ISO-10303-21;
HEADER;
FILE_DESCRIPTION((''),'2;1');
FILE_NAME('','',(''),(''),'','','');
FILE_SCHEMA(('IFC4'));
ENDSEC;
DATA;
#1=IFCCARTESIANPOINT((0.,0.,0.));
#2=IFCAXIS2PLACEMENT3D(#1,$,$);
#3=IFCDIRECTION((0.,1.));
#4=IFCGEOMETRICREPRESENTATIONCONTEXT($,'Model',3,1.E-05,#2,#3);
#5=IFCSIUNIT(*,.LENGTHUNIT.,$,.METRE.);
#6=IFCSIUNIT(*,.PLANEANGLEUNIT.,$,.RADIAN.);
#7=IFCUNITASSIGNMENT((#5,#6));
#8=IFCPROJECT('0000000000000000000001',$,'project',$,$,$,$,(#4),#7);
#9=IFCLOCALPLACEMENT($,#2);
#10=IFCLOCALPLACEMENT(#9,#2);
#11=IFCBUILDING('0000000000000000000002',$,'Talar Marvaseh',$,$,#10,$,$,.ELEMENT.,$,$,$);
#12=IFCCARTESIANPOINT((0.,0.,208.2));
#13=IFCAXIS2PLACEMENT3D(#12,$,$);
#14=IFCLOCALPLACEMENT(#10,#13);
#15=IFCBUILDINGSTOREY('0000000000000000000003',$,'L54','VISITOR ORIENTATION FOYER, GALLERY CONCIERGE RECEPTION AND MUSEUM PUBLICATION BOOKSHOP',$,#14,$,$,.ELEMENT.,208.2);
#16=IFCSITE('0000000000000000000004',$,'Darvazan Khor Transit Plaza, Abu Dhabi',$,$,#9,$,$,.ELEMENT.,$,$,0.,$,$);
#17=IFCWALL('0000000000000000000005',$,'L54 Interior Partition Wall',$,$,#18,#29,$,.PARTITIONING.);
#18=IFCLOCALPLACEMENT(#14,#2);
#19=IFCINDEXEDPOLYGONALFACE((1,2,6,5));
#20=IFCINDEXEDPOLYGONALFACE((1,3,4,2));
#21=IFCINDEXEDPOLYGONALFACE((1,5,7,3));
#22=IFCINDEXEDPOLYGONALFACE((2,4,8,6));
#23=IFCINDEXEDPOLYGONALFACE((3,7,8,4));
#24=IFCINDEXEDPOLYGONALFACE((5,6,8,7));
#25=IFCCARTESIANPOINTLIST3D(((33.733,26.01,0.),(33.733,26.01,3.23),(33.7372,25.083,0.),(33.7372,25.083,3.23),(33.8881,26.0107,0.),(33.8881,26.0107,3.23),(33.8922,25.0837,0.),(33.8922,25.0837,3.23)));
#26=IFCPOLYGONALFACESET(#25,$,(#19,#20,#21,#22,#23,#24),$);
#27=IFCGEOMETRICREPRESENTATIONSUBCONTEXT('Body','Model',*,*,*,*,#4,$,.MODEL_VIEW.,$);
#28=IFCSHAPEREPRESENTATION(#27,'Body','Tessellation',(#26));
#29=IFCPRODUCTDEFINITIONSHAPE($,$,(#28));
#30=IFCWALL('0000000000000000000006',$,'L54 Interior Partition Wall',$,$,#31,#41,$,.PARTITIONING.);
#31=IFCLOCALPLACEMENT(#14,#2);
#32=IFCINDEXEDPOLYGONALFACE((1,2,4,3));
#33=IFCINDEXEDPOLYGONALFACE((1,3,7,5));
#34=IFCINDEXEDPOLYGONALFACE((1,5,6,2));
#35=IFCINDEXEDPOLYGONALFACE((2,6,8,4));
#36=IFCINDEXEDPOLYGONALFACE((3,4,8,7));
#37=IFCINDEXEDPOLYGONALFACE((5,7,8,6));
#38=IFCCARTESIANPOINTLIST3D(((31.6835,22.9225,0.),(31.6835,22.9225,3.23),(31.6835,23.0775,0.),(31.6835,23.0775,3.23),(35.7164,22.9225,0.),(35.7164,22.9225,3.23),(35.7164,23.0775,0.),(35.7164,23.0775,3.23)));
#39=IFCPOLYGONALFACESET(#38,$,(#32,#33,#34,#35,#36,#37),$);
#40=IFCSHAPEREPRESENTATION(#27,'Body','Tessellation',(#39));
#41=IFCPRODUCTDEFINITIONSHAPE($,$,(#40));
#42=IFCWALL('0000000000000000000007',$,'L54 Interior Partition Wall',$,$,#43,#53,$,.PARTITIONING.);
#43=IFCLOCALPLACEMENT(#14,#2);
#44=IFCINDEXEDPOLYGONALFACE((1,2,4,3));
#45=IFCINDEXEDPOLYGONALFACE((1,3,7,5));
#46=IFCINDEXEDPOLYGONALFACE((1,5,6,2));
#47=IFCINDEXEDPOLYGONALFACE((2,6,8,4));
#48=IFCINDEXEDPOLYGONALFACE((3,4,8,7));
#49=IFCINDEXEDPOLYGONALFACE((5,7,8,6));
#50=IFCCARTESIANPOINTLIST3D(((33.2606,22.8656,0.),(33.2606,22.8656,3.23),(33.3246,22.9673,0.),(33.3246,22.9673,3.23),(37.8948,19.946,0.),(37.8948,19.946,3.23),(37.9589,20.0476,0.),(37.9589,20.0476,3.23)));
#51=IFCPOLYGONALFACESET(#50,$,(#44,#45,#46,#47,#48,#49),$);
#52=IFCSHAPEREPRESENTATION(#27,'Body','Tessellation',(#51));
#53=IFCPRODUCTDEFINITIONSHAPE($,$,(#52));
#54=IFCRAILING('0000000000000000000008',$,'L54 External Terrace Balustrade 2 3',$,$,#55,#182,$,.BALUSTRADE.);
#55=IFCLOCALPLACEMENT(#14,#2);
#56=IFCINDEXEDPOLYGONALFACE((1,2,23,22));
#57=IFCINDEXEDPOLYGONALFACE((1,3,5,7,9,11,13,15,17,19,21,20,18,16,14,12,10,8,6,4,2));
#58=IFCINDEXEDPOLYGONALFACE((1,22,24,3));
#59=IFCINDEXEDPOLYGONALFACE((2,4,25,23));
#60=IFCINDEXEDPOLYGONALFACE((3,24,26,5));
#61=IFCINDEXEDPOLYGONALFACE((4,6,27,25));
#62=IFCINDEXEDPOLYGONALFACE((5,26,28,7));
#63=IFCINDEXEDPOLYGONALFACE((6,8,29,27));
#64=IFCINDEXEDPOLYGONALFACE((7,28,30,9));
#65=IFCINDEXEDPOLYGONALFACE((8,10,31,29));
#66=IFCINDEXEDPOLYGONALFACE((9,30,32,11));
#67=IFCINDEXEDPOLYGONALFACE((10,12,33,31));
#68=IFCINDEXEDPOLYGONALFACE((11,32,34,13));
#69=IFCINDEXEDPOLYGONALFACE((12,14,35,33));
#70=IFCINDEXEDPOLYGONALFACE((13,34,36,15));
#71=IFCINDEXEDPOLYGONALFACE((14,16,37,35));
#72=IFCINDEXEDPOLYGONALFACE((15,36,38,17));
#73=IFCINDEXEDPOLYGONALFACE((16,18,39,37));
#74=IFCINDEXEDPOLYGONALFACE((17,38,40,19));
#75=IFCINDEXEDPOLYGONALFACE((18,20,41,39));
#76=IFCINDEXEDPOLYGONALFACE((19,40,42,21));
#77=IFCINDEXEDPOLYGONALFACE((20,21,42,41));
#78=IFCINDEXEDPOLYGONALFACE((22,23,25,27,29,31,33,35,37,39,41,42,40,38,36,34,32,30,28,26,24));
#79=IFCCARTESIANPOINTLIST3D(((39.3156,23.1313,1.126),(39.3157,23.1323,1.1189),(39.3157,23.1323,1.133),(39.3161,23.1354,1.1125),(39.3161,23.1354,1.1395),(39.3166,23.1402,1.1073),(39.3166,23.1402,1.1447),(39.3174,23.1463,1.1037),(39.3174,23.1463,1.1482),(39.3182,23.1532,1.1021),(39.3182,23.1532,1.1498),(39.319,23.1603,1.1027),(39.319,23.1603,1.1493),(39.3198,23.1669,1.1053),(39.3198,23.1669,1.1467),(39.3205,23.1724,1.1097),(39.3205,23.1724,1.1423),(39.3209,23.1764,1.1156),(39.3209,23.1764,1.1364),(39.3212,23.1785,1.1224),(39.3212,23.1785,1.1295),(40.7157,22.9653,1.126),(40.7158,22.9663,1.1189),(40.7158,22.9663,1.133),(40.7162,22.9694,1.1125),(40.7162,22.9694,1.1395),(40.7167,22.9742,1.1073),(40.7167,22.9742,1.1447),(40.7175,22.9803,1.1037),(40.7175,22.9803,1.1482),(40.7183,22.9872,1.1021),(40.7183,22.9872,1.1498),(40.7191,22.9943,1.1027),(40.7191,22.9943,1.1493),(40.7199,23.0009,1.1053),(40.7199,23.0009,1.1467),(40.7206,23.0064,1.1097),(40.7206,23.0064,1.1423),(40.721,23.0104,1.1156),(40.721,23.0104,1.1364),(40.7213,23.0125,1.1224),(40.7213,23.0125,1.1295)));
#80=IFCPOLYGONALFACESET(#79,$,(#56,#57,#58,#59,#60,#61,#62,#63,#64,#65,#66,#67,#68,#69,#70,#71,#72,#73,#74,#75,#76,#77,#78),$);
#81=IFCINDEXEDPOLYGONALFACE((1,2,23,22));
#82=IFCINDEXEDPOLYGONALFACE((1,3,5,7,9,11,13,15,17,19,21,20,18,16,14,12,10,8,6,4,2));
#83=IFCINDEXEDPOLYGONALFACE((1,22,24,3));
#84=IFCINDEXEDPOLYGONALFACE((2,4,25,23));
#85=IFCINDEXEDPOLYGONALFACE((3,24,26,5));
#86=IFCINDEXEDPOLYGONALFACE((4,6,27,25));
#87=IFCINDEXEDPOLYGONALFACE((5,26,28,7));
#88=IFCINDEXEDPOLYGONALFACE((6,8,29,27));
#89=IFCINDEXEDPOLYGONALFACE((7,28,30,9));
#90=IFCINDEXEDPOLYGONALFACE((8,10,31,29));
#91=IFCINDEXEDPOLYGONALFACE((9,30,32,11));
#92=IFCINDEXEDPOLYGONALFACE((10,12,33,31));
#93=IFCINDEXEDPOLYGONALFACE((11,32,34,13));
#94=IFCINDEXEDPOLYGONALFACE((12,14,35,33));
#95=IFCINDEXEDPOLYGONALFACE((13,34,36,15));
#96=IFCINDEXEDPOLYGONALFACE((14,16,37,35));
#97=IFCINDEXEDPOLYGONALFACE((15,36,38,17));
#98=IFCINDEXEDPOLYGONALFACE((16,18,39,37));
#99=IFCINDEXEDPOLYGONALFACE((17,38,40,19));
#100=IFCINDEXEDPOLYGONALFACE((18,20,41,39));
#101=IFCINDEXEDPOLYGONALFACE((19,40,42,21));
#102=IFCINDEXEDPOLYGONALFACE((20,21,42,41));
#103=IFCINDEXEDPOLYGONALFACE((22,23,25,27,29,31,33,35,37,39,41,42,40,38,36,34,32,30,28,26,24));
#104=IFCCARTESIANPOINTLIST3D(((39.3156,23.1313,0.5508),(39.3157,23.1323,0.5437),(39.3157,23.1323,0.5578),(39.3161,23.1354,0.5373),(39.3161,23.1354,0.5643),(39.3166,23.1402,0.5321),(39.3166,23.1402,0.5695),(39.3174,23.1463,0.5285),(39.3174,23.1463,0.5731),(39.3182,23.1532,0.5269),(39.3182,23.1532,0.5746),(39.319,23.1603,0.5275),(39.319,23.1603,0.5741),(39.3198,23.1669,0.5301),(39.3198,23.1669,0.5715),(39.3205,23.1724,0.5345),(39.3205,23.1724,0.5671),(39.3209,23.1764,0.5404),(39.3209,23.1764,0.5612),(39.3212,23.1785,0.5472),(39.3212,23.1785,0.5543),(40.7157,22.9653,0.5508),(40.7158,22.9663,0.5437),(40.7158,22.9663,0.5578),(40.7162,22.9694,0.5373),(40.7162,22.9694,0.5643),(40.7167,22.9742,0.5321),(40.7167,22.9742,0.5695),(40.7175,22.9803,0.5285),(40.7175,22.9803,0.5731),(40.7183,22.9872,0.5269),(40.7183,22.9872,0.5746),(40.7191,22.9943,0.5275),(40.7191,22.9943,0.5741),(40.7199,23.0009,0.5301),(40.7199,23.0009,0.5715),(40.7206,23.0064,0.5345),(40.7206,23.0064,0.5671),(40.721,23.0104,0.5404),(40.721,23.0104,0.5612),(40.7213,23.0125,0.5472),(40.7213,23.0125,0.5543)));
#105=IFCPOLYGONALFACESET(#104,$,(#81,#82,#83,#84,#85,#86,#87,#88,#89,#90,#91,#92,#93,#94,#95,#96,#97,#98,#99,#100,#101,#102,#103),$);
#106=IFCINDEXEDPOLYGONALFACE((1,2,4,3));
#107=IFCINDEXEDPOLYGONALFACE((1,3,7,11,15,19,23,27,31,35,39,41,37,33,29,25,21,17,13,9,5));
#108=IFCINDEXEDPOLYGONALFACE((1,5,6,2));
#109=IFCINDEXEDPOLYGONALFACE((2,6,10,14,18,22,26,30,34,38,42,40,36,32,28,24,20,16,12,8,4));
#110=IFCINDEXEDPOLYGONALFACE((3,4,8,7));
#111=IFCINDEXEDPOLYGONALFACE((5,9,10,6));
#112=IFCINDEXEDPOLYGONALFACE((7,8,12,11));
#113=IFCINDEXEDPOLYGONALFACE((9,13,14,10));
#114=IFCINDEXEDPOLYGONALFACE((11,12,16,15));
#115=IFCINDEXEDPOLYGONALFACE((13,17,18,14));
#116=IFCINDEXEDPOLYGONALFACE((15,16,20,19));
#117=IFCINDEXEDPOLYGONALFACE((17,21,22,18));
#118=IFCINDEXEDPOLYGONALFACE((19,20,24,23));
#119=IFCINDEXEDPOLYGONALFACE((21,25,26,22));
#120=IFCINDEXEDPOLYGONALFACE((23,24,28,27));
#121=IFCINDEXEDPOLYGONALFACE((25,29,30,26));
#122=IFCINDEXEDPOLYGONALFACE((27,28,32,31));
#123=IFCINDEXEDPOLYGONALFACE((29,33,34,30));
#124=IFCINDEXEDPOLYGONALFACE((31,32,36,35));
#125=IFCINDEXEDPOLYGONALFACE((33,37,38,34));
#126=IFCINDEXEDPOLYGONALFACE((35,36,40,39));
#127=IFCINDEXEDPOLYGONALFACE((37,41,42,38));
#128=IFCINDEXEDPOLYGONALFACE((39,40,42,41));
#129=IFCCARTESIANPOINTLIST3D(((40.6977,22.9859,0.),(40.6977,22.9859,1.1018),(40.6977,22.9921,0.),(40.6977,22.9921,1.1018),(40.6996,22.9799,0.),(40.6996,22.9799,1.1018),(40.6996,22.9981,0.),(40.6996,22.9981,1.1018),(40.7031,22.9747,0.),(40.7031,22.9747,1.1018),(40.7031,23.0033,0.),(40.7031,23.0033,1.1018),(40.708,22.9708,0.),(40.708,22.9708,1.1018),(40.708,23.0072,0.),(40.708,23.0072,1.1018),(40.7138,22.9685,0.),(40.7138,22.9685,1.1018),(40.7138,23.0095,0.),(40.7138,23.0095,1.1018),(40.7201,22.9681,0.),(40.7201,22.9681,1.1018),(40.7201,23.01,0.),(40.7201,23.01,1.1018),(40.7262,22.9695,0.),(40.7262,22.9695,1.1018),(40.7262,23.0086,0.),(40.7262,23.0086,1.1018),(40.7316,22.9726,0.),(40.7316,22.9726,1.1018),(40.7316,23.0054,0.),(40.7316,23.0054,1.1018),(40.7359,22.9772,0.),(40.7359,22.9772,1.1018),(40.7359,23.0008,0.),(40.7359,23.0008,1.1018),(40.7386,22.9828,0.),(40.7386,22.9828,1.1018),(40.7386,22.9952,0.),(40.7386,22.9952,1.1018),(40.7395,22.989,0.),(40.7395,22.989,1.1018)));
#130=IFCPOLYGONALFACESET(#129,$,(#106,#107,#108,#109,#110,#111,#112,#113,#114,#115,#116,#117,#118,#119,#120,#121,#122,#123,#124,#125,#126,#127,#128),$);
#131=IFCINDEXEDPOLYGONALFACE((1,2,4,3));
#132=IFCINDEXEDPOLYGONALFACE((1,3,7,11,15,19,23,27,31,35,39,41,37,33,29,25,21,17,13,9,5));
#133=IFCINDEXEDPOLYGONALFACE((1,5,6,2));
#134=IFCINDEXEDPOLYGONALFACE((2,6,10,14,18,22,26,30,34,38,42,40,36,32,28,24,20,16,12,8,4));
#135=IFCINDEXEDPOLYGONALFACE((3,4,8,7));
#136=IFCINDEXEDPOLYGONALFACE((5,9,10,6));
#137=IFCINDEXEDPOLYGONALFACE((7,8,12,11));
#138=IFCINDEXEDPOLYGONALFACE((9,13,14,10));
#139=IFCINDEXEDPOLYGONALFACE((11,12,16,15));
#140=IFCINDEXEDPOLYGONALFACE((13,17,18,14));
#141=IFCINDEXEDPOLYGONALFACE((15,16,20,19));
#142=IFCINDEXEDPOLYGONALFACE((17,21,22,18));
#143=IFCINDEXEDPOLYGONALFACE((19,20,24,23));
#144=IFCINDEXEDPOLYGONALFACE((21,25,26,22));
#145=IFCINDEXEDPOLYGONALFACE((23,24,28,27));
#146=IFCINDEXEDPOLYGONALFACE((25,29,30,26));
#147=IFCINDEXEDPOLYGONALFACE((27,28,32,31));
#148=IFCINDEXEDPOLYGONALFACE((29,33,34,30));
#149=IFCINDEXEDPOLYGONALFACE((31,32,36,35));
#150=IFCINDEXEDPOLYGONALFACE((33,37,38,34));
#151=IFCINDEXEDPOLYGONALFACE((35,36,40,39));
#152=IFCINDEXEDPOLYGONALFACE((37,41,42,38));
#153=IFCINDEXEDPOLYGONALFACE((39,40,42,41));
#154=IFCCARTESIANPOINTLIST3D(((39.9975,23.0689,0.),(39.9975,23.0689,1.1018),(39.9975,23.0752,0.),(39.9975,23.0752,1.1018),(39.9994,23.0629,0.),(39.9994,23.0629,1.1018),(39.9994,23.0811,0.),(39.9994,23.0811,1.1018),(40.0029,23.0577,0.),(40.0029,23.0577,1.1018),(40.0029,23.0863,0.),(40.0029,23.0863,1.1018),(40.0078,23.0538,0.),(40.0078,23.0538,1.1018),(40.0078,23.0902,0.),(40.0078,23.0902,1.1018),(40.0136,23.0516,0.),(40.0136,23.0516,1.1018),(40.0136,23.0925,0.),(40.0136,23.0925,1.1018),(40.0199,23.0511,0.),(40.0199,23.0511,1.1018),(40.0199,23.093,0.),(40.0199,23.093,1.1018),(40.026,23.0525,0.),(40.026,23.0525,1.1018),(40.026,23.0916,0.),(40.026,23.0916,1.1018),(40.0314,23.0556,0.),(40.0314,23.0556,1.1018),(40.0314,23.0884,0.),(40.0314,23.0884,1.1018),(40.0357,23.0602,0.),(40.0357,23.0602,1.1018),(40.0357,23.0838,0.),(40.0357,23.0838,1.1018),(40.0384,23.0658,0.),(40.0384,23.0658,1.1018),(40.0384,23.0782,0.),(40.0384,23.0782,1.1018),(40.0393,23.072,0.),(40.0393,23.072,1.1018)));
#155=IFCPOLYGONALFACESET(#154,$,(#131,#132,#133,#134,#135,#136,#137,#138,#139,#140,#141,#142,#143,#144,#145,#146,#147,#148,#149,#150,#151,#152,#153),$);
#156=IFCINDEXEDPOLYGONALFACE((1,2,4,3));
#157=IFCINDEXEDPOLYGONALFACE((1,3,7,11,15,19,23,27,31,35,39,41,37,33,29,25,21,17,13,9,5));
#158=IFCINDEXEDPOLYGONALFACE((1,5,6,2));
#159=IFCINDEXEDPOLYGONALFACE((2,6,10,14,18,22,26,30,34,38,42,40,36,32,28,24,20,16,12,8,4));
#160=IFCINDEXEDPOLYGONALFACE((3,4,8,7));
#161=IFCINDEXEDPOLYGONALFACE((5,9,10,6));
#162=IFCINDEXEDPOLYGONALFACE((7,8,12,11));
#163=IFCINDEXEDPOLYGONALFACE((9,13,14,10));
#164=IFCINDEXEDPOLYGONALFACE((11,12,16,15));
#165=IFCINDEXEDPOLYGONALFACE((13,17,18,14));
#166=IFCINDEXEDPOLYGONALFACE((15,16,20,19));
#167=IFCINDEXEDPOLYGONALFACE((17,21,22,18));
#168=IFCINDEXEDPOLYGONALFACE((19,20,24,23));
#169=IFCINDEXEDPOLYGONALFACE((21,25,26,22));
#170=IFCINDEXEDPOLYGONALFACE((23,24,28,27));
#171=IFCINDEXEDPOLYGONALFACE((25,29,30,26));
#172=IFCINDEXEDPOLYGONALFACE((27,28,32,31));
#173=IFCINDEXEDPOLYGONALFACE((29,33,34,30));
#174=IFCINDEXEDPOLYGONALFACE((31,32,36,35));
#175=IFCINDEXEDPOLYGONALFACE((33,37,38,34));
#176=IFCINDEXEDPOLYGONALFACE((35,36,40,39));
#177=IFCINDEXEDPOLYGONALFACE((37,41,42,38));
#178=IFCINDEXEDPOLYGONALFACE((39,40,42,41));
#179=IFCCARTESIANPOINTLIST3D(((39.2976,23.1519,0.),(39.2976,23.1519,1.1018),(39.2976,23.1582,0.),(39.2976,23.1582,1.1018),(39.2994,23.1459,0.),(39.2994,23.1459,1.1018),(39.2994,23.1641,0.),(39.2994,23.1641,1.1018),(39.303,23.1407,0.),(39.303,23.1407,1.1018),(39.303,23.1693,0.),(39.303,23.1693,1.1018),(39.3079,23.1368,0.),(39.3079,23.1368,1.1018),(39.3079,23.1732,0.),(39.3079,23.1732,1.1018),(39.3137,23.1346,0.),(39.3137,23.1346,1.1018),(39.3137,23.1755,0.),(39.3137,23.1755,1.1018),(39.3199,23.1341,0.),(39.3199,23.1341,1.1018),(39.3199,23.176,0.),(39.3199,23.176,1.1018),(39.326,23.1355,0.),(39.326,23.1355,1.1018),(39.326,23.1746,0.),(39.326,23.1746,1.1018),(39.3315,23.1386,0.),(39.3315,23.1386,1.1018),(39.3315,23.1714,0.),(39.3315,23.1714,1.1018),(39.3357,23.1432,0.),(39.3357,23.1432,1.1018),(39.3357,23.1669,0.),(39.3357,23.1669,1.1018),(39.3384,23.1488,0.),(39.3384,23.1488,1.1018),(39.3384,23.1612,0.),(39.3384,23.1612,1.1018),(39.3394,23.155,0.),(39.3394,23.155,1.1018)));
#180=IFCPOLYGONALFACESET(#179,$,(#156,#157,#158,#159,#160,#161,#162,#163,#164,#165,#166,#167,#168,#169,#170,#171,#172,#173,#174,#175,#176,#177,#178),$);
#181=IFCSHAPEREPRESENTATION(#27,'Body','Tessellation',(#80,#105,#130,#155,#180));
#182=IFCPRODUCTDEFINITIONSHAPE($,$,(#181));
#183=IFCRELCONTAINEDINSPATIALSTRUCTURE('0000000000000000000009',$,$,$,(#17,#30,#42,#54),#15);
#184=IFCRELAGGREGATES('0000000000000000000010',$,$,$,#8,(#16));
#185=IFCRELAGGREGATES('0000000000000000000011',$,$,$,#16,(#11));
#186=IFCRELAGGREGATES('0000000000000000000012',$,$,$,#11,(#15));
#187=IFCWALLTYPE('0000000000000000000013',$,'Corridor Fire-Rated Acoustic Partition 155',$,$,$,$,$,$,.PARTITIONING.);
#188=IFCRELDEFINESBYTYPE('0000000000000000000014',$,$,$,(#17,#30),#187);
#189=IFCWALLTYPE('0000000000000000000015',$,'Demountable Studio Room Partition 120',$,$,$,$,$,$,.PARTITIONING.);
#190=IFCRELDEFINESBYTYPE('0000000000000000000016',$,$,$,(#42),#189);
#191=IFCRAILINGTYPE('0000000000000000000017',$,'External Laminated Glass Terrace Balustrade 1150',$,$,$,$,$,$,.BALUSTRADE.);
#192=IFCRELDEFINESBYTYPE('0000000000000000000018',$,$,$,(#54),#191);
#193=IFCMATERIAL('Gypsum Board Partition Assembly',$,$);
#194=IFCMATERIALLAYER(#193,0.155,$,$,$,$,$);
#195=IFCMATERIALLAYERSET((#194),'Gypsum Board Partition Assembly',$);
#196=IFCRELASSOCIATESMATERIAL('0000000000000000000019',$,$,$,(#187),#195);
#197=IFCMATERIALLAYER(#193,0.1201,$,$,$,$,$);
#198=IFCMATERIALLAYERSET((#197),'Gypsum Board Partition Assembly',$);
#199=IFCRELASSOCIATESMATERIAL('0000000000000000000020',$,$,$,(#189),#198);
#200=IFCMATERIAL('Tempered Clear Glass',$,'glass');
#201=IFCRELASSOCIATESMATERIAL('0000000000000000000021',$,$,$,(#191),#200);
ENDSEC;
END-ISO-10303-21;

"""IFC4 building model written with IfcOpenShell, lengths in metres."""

from ifc_helpers import new_model, si_unit, direction, frame, frame_2d, origin, origin_2d, place, context, subcontext, project, spatial, rectangle, circle, extrude, material, layer, layer_set, type_object, element, save


model = new_model("IFC4")

# Units and contexts
model_context = context("Model", 3, precision=1e-05, world=origin(), true_north=direction((0.0, 1.0)))
body_context = subcontext(model_context, "Body", "Model", "MODEL_VIEW")
ifc_project = project(units=[si_unit("LENGTHUNIT", "METRE"), si_unit("PLANEANGLEUNIT", "RADIAN")], contexts=[model_context])

# Site, building, storey
site_placement = place(None, origin())
site = spatial("IfcSite", under=ifc_project, at=site_placement, Name="Darvazan Khor Transit Plaza, Abu Dhabi", CompositionType="ELEMENT", RefElevation=0.0)
building_placement = place(site_placement, origin())
building = spatial("IfcBuilding", under=site, at=building_placement, Name="Talar Marvaseh", CompositionType="ELEMENT")
storey_placement = place(building_placement, frame((0.0, 0.0, 208.2)))
storey = spatial("IfcBuildingStorey", under=building, at=storey_placement, Name="L54", Description="VISITOR ORIENTATION FOYER, GALLERY CONCIERGE RECEPTION AND MUSEUM PUBLICATION BOOKSHOP", CompositionType="ELEMENT", Elevation=208.2)

# Shared definitions
ifc_material_1 = material(Name="Gypsum Board Partition Assembly")
ifc_layer_1 = layer(ifc_material_1, 0.155)
ifc_layer_set_1 = layer_set([ifc_layer_1], Name="Gypsum Board Partition Assembly")
wall_type_1 = type_object("IfcWallType", Name="Corridor Fire-Rated Acoustic Partition 155", PredefinedType="PARTITIONING", material=ifc_layer_set_1)

# Walls
wall_1_placement = place(storey_placement, frame((33.8147, 25.0835, 0.0), z_axis=(0.0, 0.0, 1.0), x_axis=(-0.004477, 0.99999, 0.0)))
element("IfcWall", 1, at=wall_1_placement, inside=storey, type_object=wall_type_1, Name="L54 Interior Partition Wall", PredefinedType="PARTITIONING", context=body_context, shape_type="SweptSolid", body=[
    extrude(rectangle(XDim=0.927, YDim=0.155, at=frame_2d((0.4634, 0.0))), origin(), (0.0, 0.0, 1.0), 3.23),
])
wall_2_placement = place(storey_placement, frame((35.7166, 23.0, 0.0), z_axis=(0.0, 0.0, 1.0), x_axis=(-1.0, 0.0, 0.0)))
element("IfcWall", 2, at=wall_2_placement, inside=storey, type_object=wall_type_1, Name="L54 Interior Partition Wall", PredefinedType="PARTITIONING", context=body_context, shape_type="SweptSolid", body=[
    extrude(rectangle(XDim=4.033, YDim=0.155, at=frame_2d((2.0166, 0.0))), origin(), (0.0, 0.0, 1.0), 3.23),
])
ifc_layer_2 = layer(ifc_material_1, 0.1201)
ifc_layer_set_2 = layer_set([ifc_layer_2], Name="Gypsum Board Partition Assembly")
wall_type_2 = type_object("IfcWallType", Name="Demountable Studio Room Partition 120", PredefinedType="PARTITIONING", material=ifc_layer_set_2)
wall_3_placement = place(storey_placement, frame((33.2925, 22.9165, 0.0), z_axis=(0.0, 0.0, 1.0), x_axis=(0.846085, -0.533049, 0.0)))
element("IfcWall", 3, at=wall_3_placement, inside=storey, type_object=wall_type_2, Name="L54 Interior Partition Wall", PredefinedType="PARTITIONING", context=body_context, shape_type="SweptSolid", body=[
    extrude(rectangle(XDim=5.4773, YDim=0.1201, at=frame_2d((2.7388, 0.0))), origin(), (0.0, 0.0, 1.0), 3.23),
])

# Railing
ifc_material_2 = material(Name="Tempered Clear Glass", Category="glass")
railing_type = type_object("IfcRailingType", Name="External Laminated Glass Terrace Balustrade 1150", PredefinedType="BALUSTRADE", material=ifc_material_2)
railing_placement = place(storey_placement, frame((40.7185, 22.989, 0.0)))
element("IfcRailing", 4, at=railing_placement, inside=storey, type_object=railing_type, Name="L54 External Terrace Balustrade 2 3", PredefinedType="BALUSTRADE", context=body_context, shape_type="SweptSolid", body=[
    extrude(circle(Radius=0.0239, at=origin_2d()), frame((0.0, 0.0, 1.126), z_axis=(-0.993044, 0.117745, 0.0), x_axis=(-0.117745, -0.993044, 0.0)), (0.0, 0.0, 1.0), 1.4099),
    extrude(circle(Radius=0.0239, at=origin_2d()), frame((0.0, 0.0, 0.5508), z_axis=(-0.993044, 0.117745, 0.0), x_axis=(-0.117745, -0.993044, 0.0)), (0.0, 0.0, 1.0), 1.4099),
    extrude(circle(Radius=0.021, at=origin_2d()), origin(), (0.0, 0.0, 1.0), 1.1018),
    extrude(circle(Radius=0.021, at=origin_2d()), frame((-0.7002, 0.083, 0.0)), (0.0, 0.0, 1.0), 1.1018),
    extrude(circle(Radius=0.021, at=origin_2d()), frame((-1.4001, 0.166, 0.0)), (0.0, 0.0, 1.0), 1.1018),
])

save(model, "model.ifc")
